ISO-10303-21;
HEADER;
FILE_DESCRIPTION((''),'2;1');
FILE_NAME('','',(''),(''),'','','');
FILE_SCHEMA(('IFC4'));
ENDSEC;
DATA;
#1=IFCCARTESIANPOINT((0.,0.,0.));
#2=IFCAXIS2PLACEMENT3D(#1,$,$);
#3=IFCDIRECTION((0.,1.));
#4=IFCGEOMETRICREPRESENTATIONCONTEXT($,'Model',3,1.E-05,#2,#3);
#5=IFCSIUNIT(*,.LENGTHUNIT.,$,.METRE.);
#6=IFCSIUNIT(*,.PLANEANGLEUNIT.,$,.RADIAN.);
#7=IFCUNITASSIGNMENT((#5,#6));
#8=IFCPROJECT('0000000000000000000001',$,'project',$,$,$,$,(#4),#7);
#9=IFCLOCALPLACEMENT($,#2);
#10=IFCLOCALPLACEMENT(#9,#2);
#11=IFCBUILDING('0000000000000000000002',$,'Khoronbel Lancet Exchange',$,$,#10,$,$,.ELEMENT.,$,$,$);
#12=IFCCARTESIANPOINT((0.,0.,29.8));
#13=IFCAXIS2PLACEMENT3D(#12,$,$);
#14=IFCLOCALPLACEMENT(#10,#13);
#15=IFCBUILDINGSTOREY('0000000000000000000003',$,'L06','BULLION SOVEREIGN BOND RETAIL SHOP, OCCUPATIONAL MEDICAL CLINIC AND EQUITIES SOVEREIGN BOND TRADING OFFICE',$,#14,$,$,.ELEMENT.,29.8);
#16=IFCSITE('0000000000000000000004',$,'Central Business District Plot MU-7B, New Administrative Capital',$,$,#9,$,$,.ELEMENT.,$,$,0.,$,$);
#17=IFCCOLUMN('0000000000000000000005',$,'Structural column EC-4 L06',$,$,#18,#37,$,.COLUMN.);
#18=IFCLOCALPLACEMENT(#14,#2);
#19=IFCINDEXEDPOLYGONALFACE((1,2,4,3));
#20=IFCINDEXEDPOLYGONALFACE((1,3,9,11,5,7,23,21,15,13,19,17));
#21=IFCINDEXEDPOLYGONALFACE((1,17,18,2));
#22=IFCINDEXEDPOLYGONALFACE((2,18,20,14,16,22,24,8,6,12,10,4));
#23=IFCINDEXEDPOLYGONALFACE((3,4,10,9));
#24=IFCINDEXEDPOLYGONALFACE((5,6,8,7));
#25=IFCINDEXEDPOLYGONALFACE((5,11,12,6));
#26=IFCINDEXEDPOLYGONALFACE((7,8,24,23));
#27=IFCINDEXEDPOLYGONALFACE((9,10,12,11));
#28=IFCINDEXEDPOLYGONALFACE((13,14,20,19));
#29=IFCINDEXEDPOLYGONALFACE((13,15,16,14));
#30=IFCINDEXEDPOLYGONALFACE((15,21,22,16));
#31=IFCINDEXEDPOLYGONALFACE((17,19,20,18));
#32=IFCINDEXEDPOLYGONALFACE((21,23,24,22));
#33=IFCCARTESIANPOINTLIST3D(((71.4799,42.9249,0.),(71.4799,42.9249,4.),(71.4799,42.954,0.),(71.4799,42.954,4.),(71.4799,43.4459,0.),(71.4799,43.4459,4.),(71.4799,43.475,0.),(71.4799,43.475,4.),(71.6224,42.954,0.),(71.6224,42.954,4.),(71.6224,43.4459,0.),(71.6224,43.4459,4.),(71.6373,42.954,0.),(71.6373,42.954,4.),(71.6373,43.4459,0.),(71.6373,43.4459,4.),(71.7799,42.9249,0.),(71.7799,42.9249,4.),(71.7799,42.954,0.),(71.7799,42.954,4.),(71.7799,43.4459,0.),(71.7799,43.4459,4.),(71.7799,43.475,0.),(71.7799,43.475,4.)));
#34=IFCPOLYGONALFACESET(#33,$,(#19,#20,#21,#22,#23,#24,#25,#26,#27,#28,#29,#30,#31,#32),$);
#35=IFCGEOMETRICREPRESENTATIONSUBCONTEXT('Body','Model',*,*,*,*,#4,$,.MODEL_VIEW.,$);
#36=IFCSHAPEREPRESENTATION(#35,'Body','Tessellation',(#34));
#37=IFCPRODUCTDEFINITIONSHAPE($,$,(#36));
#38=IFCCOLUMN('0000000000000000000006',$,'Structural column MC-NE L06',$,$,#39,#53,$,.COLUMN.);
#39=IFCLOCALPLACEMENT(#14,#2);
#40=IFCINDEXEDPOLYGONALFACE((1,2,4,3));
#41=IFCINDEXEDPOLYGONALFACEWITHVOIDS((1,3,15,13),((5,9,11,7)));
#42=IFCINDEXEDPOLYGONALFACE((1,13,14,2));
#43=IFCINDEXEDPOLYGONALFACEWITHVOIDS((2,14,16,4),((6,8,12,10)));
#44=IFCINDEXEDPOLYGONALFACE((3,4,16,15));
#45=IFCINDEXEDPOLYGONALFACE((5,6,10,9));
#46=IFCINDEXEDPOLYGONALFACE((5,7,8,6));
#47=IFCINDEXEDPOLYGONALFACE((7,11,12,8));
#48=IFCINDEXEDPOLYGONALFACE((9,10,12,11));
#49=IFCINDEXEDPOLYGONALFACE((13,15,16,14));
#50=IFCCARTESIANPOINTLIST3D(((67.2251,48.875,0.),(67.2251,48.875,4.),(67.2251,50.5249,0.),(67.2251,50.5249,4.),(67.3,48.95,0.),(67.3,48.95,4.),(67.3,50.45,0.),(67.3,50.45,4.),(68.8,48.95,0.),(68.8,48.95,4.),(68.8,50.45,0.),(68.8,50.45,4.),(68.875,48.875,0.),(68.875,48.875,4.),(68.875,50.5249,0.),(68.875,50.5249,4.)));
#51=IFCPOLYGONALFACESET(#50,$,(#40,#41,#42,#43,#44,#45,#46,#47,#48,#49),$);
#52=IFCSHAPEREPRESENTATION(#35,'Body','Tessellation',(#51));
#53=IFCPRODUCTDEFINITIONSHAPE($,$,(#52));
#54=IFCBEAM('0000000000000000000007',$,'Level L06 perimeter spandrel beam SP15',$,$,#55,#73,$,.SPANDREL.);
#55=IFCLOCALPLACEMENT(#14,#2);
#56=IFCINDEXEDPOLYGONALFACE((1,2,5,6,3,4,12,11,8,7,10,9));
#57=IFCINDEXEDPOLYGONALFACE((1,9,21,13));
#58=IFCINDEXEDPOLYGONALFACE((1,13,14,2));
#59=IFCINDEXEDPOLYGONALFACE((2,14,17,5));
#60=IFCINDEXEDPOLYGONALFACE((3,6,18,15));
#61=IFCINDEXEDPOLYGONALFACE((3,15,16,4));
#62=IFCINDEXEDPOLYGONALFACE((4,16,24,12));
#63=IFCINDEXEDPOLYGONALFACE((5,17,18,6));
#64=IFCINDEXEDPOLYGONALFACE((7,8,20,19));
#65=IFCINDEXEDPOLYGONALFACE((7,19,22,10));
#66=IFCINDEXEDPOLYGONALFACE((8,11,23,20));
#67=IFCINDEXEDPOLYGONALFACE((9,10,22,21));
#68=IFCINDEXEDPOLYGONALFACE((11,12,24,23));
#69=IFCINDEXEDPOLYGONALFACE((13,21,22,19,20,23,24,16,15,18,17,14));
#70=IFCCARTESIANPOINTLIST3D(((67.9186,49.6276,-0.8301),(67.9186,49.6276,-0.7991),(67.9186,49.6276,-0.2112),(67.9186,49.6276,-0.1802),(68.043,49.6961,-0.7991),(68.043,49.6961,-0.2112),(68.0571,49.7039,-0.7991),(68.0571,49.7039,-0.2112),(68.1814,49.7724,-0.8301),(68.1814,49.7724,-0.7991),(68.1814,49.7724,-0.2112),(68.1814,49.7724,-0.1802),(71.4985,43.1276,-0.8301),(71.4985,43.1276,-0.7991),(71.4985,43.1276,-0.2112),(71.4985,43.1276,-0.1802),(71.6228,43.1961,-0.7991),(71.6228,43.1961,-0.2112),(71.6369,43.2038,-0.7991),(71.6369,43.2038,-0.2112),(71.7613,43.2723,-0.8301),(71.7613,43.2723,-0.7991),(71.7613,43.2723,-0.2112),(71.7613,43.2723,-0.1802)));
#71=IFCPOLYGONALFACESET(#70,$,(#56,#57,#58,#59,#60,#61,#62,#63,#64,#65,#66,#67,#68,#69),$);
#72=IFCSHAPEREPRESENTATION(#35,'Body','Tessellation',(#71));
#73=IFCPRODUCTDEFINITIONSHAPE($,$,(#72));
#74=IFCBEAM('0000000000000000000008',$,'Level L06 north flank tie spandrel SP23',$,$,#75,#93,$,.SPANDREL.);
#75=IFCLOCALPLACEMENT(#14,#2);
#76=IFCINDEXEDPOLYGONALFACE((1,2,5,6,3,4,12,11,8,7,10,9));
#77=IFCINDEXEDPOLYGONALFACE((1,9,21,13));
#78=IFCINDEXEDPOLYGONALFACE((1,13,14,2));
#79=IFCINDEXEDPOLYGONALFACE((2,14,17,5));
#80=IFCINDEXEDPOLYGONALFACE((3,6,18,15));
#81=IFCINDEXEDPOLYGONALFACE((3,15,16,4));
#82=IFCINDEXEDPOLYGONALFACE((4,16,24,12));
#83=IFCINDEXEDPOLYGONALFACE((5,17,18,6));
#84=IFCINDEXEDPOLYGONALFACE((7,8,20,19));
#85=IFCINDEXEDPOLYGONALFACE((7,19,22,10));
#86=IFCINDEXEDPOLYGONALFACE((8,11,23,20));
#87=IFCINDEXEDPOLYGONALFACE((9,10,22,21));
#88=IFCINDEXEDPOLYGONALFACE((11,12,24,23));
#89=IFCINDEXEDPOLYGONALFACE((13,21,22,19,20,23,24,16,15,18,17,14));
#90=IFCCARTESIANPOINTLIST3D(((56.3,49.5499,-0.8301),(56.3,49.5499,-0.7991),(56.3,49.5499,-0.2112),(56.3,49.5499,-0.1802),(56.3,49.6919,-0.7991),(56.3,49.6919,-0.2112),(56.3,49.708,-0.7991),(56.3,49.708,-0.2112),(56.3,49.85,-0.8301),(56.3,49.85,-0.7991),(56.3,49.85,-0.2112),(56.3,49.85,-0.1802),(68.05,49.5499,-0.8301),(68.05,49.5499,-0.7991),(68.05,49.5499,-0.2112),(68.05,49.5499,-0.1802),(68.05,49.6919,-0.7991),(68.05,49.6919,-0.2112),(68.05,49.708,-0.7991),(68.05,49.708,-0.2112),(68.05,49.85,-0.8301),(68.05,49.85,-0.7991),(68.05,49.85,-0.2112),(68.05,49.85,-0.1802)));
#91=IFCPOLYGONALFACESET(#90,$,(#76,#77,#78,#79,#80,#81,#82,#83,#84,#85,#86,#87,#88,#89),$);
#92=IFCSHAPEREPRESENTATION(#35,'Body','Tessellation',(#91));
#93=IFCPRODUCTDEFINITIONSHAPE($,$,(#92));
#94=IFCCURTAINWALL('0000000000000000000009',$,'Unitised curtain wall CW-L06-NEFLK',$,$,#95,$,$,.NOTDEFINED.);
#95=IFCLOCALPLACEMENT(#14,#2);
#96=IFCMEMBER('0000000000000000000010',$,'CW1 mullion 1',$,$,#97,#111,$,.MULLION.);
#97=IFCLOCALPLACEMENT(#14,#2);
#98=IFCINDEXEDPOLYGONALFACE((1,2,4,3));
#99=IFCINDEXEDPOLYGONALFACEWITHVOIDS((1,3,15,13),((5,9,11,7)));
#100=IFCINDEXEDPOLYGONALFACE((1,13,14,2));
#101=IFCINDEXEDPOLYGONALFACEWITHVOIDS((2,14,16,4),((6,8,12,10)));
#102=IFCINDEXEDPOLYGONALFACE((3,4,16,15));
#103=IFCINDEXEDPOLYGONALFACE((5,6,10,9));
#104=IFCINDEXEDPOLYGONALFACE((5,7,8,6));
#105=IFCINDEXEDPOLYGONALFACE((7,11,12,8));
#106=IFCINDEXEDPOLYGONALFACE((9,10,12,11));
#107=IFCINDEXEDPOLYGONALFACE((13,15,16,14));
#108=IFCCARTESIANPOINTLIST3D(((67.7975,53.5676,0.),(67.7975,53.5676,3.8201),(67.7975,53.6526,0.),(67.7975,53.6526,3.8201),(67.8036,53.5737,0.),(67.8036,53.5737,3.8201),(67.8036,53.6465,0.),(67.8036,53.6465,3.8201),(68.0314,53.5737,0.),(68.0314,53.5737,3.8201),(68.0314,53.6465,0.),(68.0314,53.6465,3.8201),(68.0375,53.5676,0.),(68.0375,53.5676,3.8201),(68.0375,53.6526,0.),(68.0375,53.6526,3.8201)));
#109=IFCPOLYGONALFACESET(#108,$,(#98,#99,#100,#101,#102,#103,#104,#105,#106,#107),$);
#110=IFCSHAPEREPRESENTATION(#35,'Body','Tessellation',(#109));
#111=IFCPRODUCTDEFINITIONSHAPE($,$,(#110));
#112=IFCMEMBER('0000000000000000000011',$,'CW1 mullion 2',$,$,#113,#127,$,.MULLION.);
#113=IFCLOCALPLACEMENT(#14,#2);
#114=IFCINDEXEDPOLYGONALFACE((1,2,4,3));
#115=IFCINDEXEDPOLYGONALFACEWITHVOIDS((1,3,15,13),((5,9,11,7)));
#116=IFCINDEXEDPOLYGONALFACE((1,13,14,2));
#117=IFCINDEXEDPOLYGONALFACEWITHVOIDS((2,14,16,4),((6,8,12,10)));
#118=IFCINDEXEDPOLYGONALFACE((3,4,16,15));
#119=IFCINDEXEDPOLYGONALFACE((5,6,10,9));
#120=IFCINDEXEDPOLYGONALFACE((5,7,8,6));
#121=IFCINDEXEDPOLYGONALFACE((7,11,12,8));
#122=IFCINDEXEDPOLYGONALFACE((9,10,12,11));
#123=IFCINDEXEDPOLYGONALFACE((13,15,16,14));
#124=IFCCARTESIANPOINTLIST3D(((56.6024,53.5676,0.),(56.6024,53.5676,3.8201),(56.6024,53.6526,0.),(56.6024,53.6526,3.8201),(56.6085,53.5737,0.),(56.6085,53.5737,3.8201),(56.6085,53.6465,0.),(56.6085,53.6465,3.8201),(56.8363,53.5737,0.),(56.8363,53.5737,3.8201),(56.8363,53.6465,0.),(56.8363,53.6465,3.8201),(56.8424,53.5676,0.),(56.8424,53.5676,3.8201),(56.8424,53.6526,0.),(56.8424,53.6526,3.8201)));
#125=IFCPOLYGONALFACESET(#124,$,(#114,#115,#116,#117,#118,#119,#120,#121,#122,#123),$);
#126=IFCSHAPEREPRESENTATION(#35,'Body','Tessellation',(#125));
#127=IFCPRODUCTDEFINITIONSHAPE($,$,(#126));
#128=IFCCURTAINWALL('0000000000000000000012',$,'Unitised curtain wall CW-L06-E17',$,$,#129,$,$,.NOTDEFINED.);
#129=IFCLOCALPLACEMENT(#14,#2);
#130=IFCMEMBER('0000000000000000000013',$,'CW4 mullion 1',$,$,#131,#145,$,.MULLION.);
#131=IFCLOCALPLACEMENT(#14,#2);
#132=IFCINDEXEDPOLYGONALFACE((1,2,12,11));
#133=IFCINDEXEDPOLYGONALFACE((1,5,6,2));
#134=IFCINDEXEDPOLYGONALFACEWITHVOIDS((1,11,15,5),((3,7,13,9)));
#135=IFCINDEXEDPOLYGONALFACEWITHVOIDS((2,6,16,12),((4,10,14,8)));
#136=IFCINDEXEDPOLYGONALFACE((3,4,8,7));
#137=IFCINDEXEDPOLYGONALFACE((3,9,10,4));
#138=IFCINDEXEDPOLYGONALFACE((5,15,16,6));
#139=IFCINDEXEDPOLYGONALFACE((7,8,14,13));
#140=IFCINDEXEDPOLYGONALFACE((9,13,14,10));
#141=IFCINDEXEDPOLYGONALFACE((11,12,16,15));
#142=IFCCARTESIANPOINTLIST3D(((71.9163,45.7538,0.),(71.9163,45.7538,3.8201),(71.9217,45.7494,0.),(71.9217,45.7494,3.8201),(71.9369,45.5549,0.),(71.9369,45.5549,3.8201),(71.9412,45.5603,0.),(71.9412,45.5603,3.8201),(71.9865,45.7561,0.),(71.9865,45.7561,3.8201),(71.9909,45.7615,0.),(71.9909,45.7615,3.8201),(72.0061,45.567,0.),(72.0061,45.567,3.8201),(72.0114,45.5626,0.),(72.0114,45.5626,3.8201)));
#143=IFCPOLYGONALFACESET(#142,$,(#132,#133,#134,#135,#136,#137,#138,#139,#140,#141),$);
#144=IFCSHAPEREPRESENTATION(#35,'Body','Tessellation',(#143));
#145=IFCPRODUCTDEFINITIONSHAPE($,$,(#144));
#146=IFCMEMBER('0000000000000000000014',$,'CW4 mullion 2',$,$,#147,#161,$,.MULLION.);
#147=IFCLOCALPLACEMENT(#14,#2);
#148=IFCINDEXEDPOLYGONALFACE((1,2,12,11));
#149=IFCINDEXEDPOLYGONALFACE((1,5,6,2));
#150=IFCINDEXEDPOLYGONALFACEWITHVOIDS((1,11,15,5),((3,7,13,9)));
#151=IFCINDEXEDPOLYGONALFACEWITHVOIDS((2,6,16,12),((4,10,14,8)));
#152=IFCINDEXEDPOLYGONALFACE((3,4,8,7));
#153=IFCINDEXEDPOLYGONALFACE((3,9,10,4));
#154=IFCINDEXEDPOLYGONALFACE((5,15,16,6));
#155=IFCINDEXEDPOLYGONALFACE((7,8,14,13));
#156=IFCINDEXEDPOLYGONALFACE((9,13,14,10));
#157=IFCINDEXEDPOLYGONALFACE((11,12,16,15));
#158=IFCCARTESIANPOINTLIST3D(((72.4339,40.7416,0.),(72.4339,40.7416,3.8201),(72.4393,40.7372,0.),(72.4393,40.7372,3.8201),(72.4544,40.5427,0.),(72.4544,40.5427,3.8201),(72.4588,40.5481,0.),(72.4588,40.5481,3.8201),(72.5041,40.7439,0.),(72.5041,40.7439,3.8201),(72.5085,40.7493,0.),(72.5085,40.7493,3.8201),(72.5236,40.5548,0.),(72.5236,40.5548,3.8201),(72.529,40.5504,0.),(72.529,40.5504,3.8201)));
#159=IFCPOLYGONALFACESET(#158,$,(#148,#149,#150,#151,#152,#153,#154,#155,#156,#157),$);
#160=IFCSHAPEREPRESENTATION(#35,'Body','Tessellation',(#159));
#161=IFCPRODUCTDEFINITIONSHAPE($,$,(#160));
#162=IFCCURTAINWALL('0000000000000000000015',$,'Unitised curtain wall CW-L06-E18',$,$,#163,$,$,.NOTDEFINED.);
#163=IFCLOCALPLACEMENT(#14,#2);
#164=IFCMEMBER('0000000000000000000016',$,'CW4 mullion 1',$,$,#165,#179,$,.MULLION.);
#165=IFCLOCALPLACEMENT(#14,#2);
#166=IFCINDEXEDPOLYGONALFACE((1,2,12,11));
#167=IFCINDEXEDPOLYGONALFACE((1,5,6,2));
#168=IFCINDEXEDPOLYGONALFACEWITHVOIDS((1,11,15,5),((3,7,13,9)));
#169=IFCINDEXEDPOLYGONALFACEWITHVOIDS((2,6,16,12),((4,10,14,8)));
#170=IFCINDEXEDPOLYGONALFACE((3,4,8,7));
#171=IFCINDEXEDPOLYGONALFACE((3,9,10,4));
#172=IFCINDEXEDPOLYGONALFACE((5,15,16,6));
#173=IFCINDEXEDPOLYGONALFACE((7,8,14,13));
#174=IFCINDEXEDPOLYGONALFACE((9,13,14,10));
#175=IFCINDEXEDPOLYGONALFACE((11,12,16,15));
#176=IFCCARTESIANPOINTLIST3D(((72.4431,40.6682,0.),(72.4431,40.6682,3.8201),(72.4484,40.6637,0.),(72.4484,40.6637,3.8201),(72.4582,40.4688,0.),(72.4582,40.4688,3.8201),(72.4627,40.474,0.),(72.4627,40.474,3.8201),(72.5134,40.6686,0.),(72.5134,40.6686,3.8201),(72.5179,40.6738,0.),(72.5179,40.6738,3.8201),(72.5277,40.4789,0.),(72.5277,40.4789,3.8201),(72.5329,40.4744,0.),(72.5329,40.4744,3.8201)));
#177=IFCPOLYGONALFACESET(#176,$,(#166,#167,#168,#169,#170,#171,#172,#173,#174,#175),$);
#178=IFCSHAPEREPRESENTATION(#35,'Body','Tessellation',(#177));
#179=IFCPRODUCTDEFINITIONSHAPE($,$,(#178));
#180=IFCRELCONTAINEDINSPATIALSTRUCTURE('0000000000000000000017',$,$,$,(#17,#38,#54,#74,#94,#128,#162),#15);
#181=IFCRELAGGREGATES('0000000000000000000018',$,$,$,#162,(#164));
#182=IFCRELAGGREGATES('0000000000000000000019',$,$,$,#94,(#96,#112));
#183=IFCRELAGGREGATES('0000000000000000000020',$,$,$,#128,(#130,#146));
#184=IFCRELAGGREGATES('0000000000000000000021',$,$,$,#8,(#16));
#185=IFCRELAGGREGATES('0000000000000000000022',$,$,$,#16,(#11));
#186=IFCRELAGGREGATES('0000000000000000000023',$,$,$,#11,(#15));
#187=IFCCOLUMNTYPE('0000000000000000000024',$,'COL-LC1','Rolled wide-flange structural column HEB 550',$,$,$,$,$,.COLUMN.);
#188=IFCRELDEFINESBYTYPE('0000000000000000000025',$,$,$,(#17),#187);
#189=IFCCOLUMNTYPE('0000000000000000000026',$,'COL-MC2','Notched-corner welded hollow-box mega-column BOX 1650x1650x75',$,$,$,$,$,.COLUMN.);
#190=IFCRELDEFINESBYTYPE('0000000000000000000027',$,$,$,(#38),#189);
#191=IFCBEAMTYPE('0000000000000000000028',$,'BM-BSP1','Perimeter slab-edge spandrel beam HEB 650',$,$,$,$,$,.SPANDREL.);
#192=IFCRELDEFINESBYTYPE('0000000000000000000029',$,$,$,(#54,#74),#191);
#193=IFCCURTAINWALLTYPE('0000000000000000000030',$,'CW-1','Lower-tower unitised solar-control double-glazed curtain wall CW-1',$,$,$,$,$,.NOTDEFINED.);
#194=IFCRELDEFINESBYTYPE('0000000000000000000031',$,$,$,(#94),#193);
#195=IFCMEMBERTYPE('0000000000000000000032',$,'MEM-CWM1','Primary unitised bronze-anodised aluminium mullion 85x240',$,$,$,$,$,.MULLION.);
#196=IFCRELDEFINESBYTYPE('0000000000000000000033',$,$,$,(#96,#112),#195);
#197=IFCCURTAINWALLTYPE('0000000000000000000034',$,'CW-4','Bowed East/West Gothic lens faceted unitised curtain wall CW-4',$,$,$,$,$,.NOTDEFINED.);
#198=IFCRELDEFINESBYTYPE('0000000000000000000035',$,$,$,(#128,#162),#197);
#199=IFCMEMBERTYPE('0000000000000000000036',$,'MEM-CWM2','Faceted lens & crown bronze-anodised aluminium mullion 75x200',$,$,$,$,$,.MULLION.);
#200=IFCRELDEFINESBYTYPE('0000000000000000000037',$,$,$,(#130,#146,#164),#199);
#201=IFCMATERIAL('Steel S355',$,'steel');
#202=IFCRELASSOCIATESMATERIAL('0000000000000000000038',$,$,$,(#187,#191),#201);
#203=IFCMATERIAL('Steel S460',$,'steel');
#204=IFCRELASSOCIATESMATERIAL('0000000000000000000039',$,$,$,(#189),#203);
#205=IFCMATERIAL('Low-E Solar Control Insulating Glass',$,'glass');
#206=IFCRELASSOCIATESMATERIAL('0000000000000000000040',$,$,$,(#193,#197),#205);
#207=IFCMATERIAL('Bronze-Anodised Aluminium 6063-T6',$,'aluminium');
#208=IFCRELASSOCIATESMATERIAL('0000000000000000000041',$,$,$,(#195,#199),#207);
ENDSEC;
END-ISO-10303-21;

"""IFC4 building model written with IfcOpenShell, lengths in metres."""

from ifc_helpers import new_model, si_unit, direction, frame, origin, origin_2d, place, context, subcontext, project, spatial, hollow_rectangle, i_section, extrude, material, material_profile, profile_set, type_object, element, aggregate, save


model = new_model("IFC4")

# Units and contexts
model_context = context("Model", 3, precision=1e-05, world=origin(), true_north=direction((0.0, 1.0)))
body_context = subcontext(model_context, "Body", "Model", "MODEL_VIEW")
ifc_project = project(units=[si_unit("LENGTHUNIT", "METRE"), si_unit("PLANEANGLEUNIT", "RADIAN")], contexts=[model_context])

# Site, building, storey
site_placement = place(None, origin())
site = spatial("IfcSite", under=ifc_project, at=site_placement, Name="Central Business District Plot MU-7B, New Administrative Capital", CompositionType="ELEMENT", RefElevation=0.0)
building_placement = place(site_placement, origin())
building = spatial("IfcBuilding", under=site, at=building_placement, Name="Khoronbel Lancet Exchange", CompositionType="ELEMENT")
storey_placement = place(building_placement, frame((0.0, 0.0, 29.8)))
storey = spatial("IfcBuildingStorey", under=building, at=storey_placement, Name="L06", Description="BULLION SOVEREIGN BOND RETAIL SHOP, OCCUPATIONAL MEDICAL CLINIC AND EQUITIES SOVEREIGN BOND TRADING OFFICE", CompositionType="ELEMENT", Elevation=29.8)

# Columns
ifc_material_1 = material(Name="Steel S355", Category="steel")
ifc_material_profile_1 = material_profile(ifc_material_1, i_section(OverallWidth=0.3, OverallDepth=0.55, WebThickness=0.0149, FlangeThickness=0.0291, at=origin_2d()), Name="HEB 550")
ifc_profile_set_1 = profile_set([ifc_material_profile_1], Name="Steel S355")
column_type_1 = type_object("IfcColumnType", Name="COL-LC1", Description="Rolled wide-flange structural column HEB 550", PredefinedType="COLUMN", material=ifc_profile_set_1)
column_1_placement = place(storey_placement, frame((71.6299, 43.2, 0.0), z_axis=(0.0, 0.0, 1.0), x_axis=(1.0, 0.0, 0.0)))
element("IfcColumn", 1, at=column_1_placement, inside=storey, type_object=column_type_1, Name="Structural column EC-4 L06", PredefinedType="COLUMN", context=body_context, shape_type="SweptSolid", body=[
    extrude(i_section(OverallWidth=0.3, OverallDepth=0.55, WebThickness=0.0149, FlangeThickness=0.0291, at=origin_2d()), origin(), (0.0, 0.0, 1.0), 4.0),
])
ifc_material_2 = material(Name="Steel S460", Category="steel")
ifc_material_profile_2 = material_profile(ifc_material_2, hollow_rectangle(XDim=1.6499, YDim=1.6499, WallThickness=0.075, at=origin_2d()), Name="BOX 1650x1650x75")
ifc_profile_set_2 = profile_set([ifc_material_profile_2], Name="Steel S460")
column_type_2 = type_object("IfcColumnType", Name="COL-MC2", Description="Notched-corner welded hollow-box mega-column BOX 1650x1650x75", PredefinedType="COLUMN", material=ifc_profile_set_2)
column_2_placement = place(storey_placement, frame((68.05, 49.7, 0.0), z_axis=(0.0, 0.0, 1.0), x_axis=(1.0, 0.0, 0.0)))
element("IfcColumn", 2, at=column_2_placement, inside=storey, type_object=column_type_2, Name="Structural column MC-NE L06", PredefinedType="COLUMN", context=body_context, shape_type="SweptSolid", body=[
    extrude(hollow_rectangle(XDim=1.6499, YDim=1.6499, WallThickness=0.075, at=origin_2d()), origin(), (0.0, 0.0, 1.0), 4.0),
])

# Beams
ifc_material_profile_3 = material_profile(ifc_material_1, i_section(OverallWidth=0.3, OverallDepth=0.6499, WebThickness=0.0161, FlangeThickness=0.031, at=origin_2d()), Name="HEB 650")
ifc_profile_set_3 = profile_set([ifc_material_profile_3], Name="Steel S355")
beam_type = type_object("IfcBeamType", Name="BM-BSP1", Description="Perimeter slab-edge spandrel beam HEB 650", PredefinedType="SPANDREL", material=ifc_profile_set_3)
beam_1_placement = place(storey_placement, frame((71.6299, 43.2, -0.5051), z_axis=(-0.482419, 0.875941, 0.0), x_axis=(-0.875941, -0.482419, 0.0)))
element("IfcBeam", 3, at=beam_1_placement, inside=storey, type_object=beam_type, Name="Level L06 perimeter spandrel beam SP15", PredefinedType="SPANDREL", context=body_context, shape_type="SweptSolid", body=[
    extrude(i_section(OverallWidth=0.3, OverallDepth=0.6499, WebThickness=0.0161, FlangeThickness=0.031, at=origin_2d()), origin(), (0.0, 0.0, 1.0), 7.4207),
])
beam_2_placement = place(storey_placement, frame((68.05, 49.7, -0.5051), z_axis=(-1.0, 0.0, 0.0), x_axis=(0.0, -1.0, 0.0)))
element("IfcBeam", 4, at=beam_2_placement, inside=storey, type_object=beam_type, Name="Level L06 north flank tie spandrel SP23", PredefinedType="SPANDREL", context=body_context, shape_type="SweptSolid", body=[
    extrude(i_section(OverallWidth=0.3, OverallDepth=0.6499, WebThickness=0.0161, FlangeThickness=0.031, at=origin_2d()), origin(), (0.0, 0.0, 1.0), 11.75),
])

# Curtain walls, members
ifc_material_3 = material(Name="Low-E Solar Control Insulating Glass", Category="glass")
curtain_wall_type_1 = type_object("IfcCurtainWallType", Name="CW-1", Description="Lower-tower unitised solar-control double-glazed curtain wall CW-1", PredefinedType="NOTDEFINED", material=ifc_material_3)
curtain_wall_1_placement = place(storey_placement, origin())
curtain_wall_1 = element("IfcCurtainWall", 5, at=curtain_wall_1_placement, inside=storey, type_object=curtain_wall_type_1, Name="Unitised curtain wall CW-L06-NEFLK", PredefinedType="NOTDEFINED")
ifc_material_4 = material(Name="Bronze-Anodised Aluminium 6063-T6", Category="aluminium")
ifc_material_profile_4 = material_profile(ifc_material_4, hollow_rectangle(XDim=0.085, YDim=0.24, WallThickness=0.0061, at=origin_2d()), Name="ALU MULLION 85x240")
ifc_profile_set_4 = profile_set([ifc_material_profile_4], Name="Bronze-Anodised Aluminium 6063-T6")
member_type_1 = type_object("IfcMemberType", Name="MEM-CWM1", Description="Primary unitised bronze-anodised aluminium mullion 85x240", PredefinedType="MULLION", material=ifc_profile_set_4)
member_1_placement = place(storey_placement, frame((67.9175, 53.6101, 0.0), z_axis=(0.0, 0.0, 1.0), x_axis=(0.0, -1.0, 0.0)))
member_1 = element("IfcMember", 6, at=member_1_placement, type_object=member_type_1, Name="CW1 mullion 1", PredefinedType="MULLION", context=body_context, shape_type="SweptSolid", body=[
    extrude(hollow_rectangle(XDim=0.085, YDim=0.24, WallThickness=0.0061, at=origin_2d()), origin(), (0.0, 0.0, 1.0), 3.8201),
])
member_2_placement = place(storey_placement, frame((56.7224, 53.6101, 0.0), z_axis=(0.0, 0.0, 1.0), x_axis=(0.0, -1.0, 0.0)))
member_2 = element("IfcMember", 7, at=member_2_placement, type_object=member_type_1, Name="CW1 mullion 2", PredefinedType="MULLION", context=body_context, shape_type="SweptSolid", body=[
    extrude(hollow_rectangle(XDim=0.085, YDim=0.24, WallThickness=0.0061, at=origin_2d()), origin(), (0.0, 0.0, 1.0), 3.8201),
])
curtain_wall_type_2 = type_object("IfcCurtainWallType", Name="CW-4", Description="Bowed East/West Gothic lens faceted unitised curtain wall CW-4", PredefinedType="NOTDEFINED", material=ifc_material_3)
curtain_wall_2_placement = place(storey_placement, origin())
curtain_wall_2 = element("IfcCurtainWall", 8, at=curtain_wall_2_placement, inside=storey, type_object=curtain_wall_type_2, Name="Unitised curtain wall CW-L06-E17", PredefinedType="NOTDEFINED")
ifc_material_profile_5 = material_profile(ifc_material_4, hollow_rectangle(XDim=0.075, YDim=0.2, WallThickness=0.0049, at=origin_2d()), Name="ALU MULLION 75x200")
ifc_profile_set_5 = profile_set([ifc_material_profile_5], Name="Bronze-Anodised Aluminium 6063-T6")
member_type_2 = type_object("IfcMemberType", Name="MEM-CWM2", Description="Faceted lens & crown bronze-anodised aluminium mullion 75x200", PredefinedType="MULLION", material=ifc_profile_set_5)
member_3_placement = place(storey_placement, frame((71.9639, 45.6582, 0.0), z_axis=(0.0, 0.0, 1.0), x_axis=(0.99471, 0.102723, 0.0)))
member_3 = element("IfcMember", 9, at=member_3_placement, type_object=member_type_2, Name="CW4 mullion 1", PredefinedType="MULLION", context=body_context, shape_type="SweptSolid", body=[
    extrude(hollow_rectangle(XDim=0.075, YDim=0.2, WallThickness=0.0049, at=origin_2d()), origin(), (0.0, 0.0, 1.0), 3.8201),
])
member_4_placement = place(storey_placement, frame((72.4814, 40.646, 0.0), z_axis=(0.0, 0.0, 1.0), x_axis=(0.99471, 0.102723, 0.0)))
member_4 = element("IfcMember", 10, at=member_4_placement, type_object=member_type_2, Name="CW4 mullion 2", PredefinedType="MULLION", context=body_context, shape_type="SweptSolid", body=[
    extrude(hollow_rectangle(XDim=0.075, YDim=0.2, WallThickness=0.0049, at=origin_2d()), origin(), (0.0, 0.0, 1.0), 3.8201),
])

# Curtain wall, member
curtain_wall_3_placement = place(storey_placement, origin())
curtain_wall_3 = element("IfcCurtainWall", 11, at=curtain_wall_3_placement, inside=storey, type_object=curtain_wall_type_2, Name="Unitised curtain wall CW-L06-E18", PredefinedType="NOTDEFINED")
member_5_placement = place(storey_placement, frame((72.488, 40.5713, 0.0), z_axis=(0.0, 0.0, 1.0), x_axis=(0.997154, 0.075395, 0.0)))
member_5 = element("IfcMember", 12, at=member_5_placement, type_object=member_type_2, Name="CW4 mullion 1", PredefinedType="MULLION", context=body_context, shape_type="SweptSolid", body=[
    extrude(hollow_rectangle(XDim=0.075, YDim=0.2, WallThickness=0.0049, at=origin_2d()), origin(), (0.0, 0.0, 1.0), 3.8201),
])

aggregate(curtain_wall_3, [member_5])

aggregate(curtain_wall_1, [member_1, member_2])
aggregate(curtain_wall_2, [member_3, member_4])

save(model, "model.ifc")
